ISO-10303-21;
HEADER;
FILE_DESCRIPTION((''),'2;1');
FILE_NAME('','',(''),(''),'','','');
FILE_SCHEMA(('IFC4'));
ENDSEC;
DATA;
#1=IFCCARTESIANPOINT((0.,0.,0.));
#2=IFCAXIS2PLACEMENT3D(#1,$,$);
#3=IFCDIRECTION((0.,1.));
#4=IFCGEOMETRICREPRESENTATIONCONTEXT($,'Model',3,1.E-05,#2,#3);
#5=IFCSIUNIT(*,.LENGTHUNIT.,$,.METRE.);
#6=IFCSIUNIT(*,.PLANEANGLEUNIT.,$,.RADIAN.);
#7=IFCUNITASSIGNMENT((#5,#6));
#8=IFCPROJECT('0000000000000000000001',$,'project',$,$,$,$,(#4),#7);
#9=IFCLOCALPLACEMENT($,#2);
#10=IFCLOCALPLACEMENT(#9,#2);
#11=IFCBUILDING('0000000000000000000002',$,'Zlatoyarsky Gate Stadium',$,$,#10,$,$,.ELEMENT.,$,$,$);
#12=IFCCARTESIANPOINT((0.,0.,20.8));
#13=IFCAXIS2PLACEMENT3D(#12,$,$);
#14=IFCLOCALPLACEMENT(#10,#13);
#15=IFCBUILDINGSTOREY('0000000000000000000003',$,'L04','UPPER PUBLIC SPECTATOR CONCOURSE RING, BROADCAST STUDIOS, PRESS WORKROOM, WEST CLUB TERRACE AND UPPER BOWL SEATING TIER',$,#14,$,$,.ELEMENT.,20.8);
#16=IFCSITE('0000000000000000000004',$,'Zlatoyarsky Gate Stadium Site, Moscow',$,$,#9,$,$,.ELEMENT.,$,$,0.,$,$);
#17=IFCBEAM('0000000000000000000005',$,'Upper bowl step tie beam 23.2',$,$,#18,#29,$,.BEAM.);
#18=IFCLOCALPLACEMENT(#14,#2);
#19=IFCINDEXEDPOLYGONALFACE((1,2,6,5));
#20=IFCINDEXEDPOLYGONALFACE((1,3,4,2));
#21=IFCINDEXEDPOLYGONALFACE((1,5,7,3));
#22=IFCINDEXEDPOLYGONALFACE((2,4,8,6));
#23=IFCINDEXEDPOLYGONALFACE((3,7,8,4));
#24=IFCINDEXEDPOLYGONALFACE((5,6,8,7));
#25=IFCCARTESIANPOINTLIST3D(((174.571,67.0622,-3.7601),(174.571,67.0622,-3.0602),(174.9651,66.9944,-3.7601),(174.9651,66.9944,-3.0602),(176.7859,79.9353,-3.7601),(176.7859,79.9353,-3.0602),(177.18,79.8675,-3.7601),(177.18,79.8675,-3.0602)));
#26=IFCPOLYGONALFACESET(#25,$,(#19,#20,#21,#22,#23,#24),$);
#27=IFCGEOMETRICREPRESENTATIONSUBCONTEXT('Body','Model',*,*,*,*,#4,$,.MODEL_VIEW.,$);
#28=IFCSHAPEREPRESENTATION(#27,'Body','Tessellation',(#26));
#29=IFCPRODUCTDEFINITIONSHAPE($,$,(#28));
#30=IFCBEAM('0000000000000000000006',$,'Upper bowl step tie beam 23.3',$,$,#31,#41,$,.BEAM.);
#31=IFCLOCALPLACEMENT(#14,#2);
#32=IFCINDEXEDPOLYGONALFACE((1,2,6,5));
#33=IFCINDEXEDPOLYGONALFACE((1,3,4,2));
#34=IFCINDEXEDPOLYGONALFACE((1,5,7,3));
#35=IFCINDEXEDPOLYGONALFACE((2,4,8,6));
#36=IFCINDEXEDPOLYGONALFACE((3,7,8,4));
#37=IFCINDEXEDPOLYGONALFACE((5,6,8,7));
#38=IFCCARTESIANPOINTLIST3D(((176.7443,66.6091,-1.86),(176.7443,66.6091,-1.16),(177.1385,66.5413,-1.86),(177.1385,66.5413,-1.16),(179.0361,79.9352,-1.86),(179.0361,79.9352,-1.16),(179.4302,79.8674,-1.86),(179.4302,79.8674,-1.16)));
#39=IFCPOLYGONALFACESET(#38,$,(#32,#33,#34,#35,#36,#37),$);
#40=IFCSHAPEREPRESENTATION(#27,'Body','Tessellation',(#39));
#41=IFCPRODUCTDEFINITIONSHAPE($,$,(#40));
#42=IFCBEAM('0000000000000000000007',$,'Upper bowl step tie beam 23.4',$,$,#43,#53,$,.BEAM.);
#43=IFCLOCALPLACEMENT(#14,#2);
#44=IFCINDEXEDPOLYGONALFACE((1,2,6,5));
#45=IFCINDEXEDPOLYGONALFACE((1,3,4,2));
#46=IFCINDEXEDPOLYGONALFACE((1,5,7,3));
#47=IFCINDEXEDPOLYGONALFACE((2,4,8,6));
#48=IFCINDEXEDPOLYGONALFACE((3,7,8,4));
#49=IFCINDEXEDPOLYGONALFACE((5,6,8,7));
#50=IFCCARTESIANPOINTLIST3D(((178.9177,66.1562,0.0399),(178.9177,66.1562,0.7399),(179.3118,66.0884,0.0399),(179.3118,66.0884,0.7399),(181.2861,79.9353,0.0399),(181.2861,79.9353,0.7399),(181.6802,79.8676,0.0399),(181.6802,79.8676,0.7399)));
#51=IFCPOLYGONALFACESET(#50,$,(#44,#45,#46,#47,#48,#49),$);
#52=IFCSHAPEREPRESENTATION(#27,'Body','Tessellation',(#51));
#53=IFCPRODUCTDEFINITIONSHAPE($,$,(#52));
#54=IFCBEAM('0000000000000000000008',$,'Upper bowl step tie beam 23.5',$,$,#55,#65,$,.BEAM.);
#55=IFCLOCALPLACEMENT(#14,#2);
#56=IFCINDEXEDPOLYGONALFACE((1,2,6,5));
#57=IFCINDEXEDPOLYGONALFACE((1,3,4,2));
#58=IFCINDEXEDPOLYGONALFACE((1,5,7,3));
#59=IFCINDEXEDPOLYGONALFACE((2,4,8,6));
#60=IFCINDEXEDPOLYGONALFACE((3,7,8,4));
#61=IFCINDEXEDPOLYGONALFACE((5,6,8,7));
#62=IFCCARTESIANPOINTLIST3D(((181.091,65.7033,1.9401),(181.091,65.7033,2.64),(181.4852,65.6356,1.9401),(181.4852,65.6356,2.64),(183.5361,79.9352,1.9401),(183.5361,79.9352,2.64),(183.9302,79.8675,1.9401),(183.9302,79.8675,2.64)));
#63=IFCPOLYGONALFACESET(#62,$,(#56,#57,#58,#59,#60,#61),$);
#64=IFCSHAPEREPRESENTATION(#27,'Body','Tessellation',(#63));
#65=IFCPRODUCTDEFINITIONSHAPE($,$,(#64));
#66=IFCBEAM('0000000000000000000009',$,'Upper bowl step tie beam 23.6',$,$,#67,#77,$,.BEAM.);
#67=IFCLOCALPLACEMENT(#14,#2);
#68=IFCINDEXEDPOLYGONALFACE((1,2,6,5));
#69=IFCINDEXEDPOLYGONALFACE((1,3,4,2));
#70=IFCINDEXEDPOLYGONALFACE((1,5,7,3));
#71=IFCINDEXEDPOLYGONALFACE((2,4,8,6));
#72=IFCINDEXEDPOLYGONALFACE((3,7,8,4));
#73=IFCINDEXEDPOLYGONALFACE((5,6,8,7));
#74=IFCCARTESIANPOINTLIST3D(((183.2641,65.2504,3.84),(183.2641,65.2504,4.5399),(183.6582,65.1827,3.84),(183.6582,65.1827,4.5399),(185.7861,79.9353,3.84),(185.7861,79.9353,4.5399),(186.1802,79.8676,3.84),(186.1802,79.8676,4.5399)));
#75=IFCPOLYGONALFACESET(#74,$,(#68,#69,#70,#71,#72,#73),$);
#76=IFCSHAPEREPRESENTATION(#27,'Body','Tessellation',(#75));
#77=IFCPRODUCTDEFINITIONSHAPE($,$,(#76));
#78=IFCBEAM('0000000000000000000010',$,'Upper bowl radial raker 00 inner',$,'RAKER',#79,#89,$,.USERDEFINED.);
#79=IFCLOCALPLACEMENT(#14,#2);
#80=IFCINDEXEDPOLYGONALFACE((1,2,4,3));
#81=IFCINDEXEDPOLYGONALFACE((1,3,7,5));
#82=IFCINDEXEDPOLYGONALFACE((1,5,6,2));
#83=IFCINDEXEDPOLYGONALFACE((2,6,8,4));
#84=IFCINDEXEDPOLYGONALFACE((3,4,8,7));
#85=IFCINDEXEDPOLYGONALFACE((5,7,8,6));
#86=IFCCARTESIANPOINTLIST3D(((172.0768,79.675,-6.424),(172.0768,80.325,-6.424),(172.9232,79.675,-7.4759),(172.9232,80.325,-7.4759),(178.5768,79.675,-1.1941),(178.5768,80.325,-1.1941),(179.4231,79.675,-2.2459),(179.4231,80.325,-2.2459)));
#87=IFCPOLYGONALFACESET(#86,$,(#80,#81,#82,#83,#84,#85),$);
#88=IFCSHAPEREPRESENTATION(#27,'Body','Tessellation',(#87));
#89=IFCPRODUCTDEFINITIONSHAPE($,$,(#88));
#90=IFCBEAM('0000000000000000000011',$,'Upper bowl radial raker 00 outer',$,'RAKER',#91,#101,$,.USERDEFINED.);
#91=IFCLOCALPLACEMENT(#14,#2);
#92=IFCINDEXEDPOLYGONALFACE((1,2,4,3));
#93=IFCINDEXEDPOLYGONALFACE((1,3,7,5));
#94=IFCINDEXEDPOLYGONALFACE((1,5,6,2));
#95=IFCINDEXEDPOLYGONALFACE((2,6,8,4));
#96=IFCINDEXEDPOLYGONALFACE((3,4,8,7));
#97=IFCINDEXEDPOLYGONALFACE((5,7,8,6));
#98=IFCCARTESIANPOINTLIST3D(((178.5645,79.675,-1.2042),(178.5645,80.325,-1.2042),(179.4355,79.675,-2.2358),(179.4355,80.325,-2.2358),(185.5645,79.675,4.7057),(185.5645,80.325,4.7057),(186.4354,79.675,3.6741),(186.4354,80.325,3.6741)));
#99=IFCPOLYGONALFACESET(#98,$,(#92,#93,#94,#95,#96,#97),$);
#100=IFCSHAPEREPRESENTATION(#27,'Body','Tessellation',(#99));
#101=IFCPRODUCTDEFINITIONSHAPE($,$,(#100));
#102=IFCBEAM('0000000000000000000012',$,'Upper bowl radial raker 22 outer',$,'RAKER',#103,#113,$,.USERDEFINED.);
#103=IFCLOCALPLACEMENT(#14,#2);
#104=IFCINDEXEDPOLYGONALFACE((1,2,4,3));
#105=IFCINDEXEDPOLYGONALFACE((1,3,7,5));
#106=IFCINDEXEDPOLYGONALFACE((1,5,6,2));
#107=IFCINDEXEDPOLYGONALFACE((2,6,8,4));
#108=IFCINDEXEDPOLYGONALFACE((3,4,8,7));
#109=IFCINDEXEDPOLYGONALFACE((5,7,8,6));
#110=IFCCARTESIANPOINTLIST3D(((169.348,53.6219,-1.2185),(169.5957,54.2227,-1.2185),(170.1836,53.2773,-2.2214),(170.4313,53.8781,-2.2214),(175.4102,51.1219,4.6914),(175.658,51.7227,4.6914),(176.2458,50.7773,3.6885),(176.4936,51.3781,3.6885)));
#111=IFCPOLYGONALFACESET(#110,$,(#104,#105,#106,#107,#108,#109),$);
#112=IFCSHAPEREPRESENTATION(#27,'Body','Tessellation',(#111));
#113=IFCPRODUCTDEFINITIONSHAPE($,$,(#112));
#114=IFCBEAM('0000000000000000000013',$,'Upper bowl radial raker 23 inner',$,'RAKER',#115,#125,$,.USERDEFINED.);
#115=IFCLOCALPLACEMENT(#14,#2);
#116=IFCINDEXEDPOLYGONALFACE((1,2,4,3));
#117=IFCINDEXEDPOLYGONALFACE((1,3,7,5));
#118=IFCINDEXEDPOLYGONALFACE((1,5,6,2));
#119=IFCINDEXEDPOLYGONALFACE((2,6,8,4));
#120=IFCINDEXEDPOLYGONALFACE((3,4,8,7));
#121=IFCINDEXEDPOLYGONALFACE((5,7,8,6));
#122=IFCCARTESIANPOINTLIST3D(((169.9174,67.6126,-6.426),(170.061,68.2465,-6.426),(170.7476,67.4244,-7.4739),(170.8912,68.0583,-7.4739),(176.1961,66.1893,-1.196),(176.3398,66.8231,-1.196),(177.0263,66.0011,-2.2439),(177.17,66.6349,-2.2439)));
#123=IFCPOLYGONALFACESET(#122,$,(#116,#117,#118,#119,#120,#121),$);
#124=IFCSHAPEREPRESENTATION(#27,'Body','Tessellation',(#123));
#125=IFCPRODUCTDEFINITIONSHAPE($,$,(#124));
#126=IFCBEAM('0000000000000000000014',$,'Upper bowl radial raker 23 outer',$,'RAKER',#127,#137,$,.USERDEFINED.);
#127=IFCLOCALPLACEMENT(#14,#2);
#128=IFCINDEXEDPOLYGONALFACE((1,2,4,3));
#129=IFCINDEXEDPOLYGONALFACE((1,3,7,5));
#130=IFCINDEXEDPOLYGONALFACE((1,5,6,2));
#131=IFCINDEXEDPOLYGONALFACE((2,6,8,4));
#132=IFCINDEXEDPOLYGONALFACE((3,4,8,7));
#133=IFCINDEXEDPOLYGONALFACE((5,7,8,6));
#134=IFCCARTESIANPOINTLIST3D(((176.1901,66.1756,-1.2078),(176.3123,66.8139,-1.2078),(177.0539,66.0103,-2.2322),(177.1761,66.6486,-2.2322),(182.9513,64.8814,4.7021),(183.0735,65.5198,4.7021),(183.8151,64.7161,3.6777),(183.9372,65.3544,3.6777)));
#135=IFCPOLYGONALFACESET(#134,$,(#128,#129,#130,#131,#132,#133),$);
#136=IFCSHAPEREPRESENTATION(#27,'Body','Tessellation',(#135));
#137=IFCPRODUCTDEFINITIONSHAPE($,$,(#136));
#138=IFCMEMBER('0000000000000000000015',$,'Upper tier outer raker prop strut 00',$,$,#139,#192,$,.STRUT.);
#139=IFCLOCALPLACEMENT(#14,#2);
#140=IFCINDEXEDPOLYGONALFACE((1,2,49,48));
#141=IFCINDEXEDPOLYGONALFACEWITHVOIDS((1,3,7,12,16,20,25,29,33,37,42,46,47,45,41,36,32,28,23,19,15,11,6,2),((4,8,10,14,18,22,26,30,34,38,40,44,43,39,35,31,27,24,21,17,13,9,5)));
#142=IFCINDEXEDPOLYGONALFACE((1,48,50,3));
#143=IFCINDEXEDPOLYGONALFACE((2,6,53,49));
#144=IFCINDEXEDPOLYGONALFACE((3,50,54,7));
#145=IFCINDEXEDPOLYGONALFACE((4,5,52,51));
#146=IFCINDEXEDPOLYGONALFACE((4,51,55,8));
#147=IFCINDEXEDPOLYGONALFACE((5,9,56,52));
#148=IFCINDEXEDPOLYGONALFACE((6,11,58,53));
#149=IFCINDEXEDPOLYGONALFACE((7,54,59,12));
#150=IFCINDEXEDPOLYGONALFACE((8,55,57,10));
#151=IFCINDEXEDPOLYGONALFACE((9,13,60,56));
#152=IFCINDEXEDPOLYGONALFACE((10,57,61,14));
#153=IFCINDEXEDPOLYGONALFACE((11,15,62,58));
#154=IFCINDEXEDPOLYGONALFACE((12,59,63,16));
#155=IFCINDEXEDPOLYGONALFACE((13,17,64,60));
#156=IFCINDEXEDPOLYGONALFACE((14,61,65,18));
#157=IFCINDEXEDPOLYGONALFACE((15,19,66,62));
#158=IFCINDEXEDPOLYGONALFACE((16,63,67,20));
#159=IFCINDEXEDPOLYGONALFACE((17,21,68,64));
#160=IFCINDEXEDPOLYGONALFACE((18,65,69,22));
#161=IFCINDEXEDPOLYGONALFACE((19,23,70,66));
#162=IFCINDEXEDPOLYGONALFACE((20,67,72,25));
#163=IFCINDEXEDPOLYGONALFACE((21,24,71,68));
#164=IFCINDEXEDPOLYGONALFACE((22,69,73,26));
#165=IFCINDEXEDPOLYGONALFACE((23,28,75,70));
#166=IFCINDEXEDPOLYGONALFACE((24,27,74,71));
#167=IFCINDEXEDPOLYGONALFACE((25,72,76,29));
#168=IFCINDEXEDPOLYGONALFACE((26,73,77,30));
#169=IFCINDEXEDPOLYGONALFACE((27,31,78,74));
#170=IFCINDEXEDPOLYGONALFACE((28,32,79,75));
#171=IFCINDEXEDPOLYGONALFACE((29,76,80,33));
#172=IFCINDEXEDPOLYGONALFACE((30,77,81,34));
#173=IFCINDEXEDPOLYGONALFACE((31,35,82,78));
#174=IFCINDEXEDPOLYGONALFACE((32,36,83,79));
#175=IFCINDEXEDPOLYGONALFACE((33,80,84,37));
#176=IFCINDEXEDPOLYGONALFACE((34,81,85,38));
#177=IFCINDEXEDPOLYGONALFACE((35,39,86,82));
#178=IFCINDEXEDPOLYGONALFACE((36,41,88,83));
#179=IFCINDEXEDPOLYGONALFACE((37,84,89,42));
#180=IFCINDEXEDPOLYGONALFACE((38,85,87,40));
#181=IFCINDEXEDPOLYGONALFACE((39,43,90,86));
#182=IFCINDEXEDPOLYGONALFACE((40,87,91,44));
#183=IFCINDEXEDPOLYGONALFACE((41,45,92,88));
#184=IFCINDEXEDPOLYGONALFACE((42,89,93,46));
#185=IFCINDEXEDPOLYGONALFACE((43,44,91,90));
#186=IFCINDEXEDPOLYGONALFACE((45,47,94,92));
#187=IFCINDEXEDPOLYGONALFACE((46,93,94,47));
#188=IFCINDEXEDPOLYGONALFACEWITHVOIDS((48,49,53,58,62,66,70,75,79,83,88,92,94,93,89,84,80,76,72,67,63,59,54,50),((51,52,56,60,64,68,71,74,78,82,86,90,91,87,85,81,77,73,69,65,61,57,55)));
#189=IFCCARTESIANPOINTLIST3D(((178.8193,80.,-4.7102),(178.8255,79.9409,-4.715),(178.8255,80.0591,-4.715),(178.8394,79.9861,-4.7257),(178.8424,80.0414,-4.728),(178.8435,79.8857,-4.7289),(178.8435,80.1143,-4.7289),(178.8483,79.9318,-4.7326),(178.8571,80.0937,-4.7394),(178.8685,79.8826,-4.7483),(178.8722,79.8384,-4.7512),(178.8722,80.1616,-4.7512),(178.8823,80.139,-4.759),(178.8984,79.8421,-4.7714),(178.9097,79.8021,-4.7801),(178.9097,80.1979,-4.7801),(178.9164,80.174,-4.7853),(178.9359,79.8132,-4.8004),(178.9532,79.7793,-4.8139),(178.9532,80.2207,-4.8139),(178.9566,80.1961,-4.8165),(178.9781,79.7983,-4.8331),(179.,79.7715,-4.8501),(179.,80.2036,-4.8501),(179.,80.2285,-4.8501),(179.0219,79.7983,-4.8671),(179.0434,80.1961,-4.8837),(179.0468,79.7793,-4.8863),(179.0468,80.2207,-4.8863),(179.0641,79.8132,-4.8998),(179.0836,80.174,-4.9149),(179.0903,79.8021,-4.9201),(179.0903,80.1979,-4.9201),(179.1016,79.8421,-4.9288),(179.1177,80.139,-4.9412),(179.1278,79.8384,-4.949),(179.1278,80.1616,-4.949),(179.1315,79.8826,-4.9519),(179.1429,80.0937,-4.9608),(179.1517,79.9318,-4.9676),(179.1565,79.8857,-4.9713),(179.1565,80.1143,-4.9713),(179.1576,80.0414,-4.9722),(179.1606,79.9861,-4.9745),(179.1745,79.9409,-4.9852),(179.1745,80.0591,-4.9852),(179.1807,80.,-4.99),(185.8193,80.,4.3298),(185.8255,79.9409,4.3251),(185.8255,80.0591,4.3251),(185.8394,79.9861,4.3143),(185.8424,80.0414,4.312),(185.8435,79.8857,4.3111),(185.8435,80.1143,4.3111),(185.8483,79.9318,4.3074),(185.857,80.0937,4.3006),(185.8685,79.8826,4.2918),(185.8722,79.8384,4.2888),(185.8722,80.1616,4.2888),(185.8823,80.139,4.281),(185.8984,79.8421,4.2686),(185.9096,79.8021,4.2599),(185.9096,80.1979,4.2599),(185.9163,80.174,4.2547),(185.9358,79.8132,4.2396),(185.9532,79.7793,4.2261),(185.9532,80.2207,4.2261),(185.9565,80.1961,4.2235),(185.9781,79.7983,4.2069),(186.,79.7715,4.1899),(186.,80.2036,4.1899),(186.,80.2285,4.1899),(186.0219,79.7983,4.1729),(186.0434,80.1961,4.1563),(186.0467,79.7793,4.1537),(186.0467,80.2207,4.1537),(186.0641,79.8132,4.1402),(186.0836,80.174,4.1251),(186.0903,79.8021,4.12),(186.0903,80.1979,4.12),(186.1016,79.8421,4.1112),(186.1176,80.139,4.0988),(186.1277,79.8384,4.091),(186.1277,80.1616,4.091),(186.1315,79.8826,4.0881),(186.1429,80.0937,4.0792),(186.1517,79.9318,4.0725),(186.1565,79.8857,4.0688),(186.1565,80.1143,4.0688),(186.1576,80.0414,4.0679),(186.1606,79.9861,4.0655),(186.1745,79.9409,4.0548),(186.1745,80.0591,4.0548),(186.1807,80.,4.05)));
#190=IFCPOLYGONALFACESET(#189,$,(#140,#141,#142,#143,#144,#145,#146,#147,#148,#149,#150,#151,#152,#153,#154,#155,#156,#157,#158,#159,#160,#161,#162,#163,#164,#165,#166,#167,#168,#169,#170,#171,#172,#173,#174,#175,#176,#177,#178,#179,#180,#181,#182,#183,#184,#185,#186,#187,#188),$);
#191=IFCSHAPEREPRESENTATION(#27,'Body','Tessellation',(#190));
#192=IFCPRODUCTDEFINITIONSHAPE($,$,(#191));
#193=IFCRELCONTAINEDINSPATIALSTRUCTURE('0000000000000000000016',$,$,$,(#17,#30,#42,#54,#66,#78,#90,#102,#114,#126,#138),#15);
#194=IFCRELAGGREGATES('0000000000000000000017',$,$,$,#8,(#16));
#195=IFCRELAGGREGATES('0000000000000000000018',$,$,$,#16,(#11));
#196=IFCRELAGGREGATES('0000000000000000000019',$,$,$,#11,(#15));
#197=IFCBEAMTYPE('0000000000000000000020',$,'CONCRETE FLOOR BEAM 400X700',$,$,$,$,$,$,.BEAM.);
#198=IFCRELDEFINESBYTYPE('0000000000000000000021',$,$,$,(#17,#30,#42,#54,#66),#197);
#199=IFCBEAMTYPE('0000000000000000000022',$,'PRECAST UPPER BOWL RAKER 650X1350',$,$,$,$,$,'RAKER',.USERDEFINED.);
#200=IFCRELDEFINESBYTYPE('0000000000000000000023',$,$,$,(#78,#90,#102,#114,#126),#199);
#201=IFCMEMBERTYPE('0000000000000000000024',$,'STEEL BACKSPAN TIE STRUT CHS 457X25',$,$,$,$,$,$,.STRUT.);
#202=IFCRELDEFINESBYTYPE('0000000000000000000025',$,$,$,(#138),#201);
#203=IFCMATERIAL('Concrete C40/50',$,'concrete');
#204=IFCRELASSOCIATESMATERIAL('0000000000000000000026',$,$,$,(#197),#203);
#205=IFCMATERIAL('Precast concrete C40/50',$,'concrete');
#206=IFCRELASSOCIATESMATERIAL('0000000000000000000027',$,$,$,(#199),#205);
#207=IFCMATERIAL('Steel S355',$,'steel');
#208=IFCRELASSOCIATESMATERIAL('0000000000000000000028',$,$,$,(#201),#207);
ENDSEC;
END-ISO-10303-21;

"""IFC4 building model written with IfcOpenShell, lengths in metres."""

from ifc_helpers import new_model, si_unit, direction, frame, origin, origin_2d, place, context, subcontext, project, spatial, rectangle, hollow_circle, extrude, material, material_profile, profile_set, type_object, element, save


model = new_model("IFC4")

# Units and contexts
model_context = context("Model", 3, precision=1e-05, world=origin(), true_north=direction((0.0, 1.0)))
body_context = subcontext(model_context, "Body", "Model", "MODEL_VIEW")
ifc_project = project(units=[si_unit("LENGTHUNIT", "METRE"), si_unit("PLANEANGLEUNIT", "RADIAN")], contexts=[model_context])

# Site, building, storey
site_placement = place(None, origin())
site = spatial("IfcSite", under=ifc_project, at=site_placement, Name="Zlatoyarsky Gate Stadium Site, Moscow", CompositionType="ELEMENT", RefElevation=0.0)
building_placement = place(site_placement, origin())
building = spatial("IfcBuilding", under=site, at=building_placement, Name="Zlatoyarsky Gate Stadium", CompositionType="ELEMENT")
storey_placement = place(building_placement, frame((0.0, 0.0, 20.8)))
storey = spatial("IfcBuildingStorey", under=building, at=storey_placement, Name="L04", Description="UPPER PUBLIC SPECTATOR CONCOURSE RING, BROADCAST STUDIOS, PRESS WORKROOM, WEST CLUB TERRACE AND UPPER BOWL SEATING TIER", CompositionType="ELEMENT", Elevation=20.8)

# Shared definitions
ifc_material_1 = material(Name="Steel S355", Category="steel")

# Beams
ifc_material_2 = material(Name="Concrete C40/50", Category="concrete")
ifc_material_profile_1 = material_profile(ifc_material_2, rectangle(XDim=0.3999, YDim=0.7, at=origin_2d()), Name="RC BEAM 400X700")
ifc_profile_set_1 = profile_set([ifc_material_profile_1], Name="Concrete C40/50")
beam_type_1 = type_object("IfcBeamType", Name="CONCRETE FLOOR BEAM 400X700", PredefinedType="BEAM", material=ifc_profile_set_1)
beam_1_placement = place(storey_placement, frame((174.7681, 67.0283, -3.4102), z_axis=(0.169561, 0.98552, 0.0), x_axis=(-0.98552, 0.169561, 0.0)))
element("IfcBeam", 1, at=beam_1_placement, inside=storey, type_object=beam_type_1, Name="Upper bowl step tie beam 23.2", PredefinedType="BEAM", context=body_context, shape_type="SweptSolid", body=[
    extrude(rectangle(XDim=0.3999, YDim=0.7, at=origin_2d()), origin(), (0.0, 0.0, 1.0), 13.0623),
])
beam_2_placement = place(storey_placement, frame((176.9414, 66.5752, -1.51), z_axis=(0.169485, 0.985533, 0.0), x_axis=(-0.985533, 0.169485, 0.0)))
element("IfcBeam", 2, at=beam_2_placement, inside=storey, type_object=beam_type_1, Name="Upper bowl step tie beam 23.3", PredefinedType="BEAM", context=body_context, shape_type="SweptSolid", body=[
    extrude(rectangle(XDim=0.3999, YDim=0.7, at=origin_2d()), origin(), (0.0, 0.0, 1.0), 13.5217),
])
beam_3_placement = place(storey_placement, frame((179.1147, 66.1223, 0.3899), z_axis=(0.1694, 0.985547, 0.0), x_axis=(-0.985547, 0.1694, 0.0)))
element("IfcBeam", 3, at=beam_3_placement, inside=storey, type_object=beam_type_1, Name="Upper bowl step tie beam 23.4", PredefinedType="BEAM", context=body_context, shape_type="SweptSolid", body=[
    extrude(rectangle(XDim=0.3999, YDim=0.7, at=origin_2d()), origin(), (0.0, 0.0, 1.0), 13.9812),
])
beam_4_placement = place(storey_placement, frame((181.2881, 65.6694, 2.29), z_axis=(0.169321, 0.985561, 0.0), x_axis=(-0.985561, 0.169321, 0.0)))
element("IfcBeam", 4, at=beam_4_placement, inside=storey, type_object=beam_type_1, Name="Upper bowl step tie beam 23.5", PredefinedType="BEAM", context=body_context, shape_type="SweptSolid", body=[
    extrude(rectangle(XDim=0.3999, YDim=0.7, at=origin_2d()), origin(), (0.0, 0.0, 1.0), 14.4404),
])
beam_5_placement = place(storey_placement, frame((183.4612, 65.2166, 4.1899), z_axis=(0.169262, 0.985571, 0.0), x_axis=(-0.985571, 0.169262, 0.0)))
element("IfcBeam", 5, at=beam_5_placement, inside=storey, type_object=beam_type_1, Name="Upper bowl step tie beam 23.6", PredefinedType="BEAM", context=body_context, shape_type="SweptSolid", body=[
    extrude(rectangle(XDim=0.3999, YDim=0.7, at=origin_2d()), origin(), (0.0, 0.0, 1.0), 14.8999),
])
ifc_material_3 = material(Name="Precast concrete C40/50", Category="concrete")
ifc_material_profile_2 = material_profile(ifc_material_3, rectangle(XDim=0.6499, YDim=1.3501, at=origin_2d()), Name="PC RAKER 650X1350")
ifc_profile_set_2 = profile_set([ifc_material_profile_2], Name="Precast concrete C40/50")
beam_type_2 = type_object("IfcBeamType", Name="PRECAST UPPER BOWL RAKER 650X1350", ElementType="RAKER", PredefinedType="USERDEFINED", material=ifc_profile_set_2)
beam_6_placement = place(storey_placement, frame((172.5, 80.0, -6.95), z_axis=(0.779113, 0.0, 0.626884), x_axis=(0.0, 1.0, 0.0)))
element("IfcBeam", 6, at=beam_6_placement, inside=storey, type_object=beam_type_2, Name="Upper bowl radial raker 00 inner", ObjectType="RAKER", PredefinedType="USERDEFINED", context=body_context, shape_type="SweptSolid", body=[
    extrude(rectangle(XDim=0.6499, YDim=1.3501, at=origin_2d()), origin(), (0.0, 0.0, 1.0), 8.3428),
])
beam_7_placement = place(storey_placement, frame((179.0, 80.0, -1.72), z_axis=(0.764094, 0.0, 0.645104), x_axis=(0.0, 1.0, 0.0)))
element("IfcBeam", 7, at=beam_7_placement, inside=storey, type_object=beam_type_2, Name="Upper bowl radial raker 00 outer", ObjectType="RAKER", PredefinedType="USERDEFINED", context=body_context, shape_type="SweptSolid", body=[
    extrude(rectangle(XDim=0.6499, YDim=1.3501, at=origin_2d()), origin(), (0.0, 0.0, 1.0), 9.1611),
])
beam_8_placement = place(storey_placement, frame((169.8896, 53.75, -1.72), z_axis=(0.686732, -0.2832, 0.669475), x_axis=(0.381242, 0.924475, 0.0)))
element("IfcBeam", 8, at=beam_8_placement, inside=storey, type_object=beam_type_2, Name="Upper bowl radial raker 22 outer", ObjectType="RAKER", PredefinedType="USERDEFINED", context=body_context, shape_type="SweptSolid", body=[
    extrude(rectangle(XDim=0.6499, YDim=1.3501, at=origin_2d()), origin(), (0.0, 0.0, 1.0), 8.8276),
])
beam_9_placement = place(storey_placement, frame((170.4043, 67.8354, -6.95), z_axis=(0.756966, -0.171596, 0.630521), x_axis=(0.22108, 0.975256, 0.0)))
element("IfcBeam", 9, at=beam_9_placement, inside=storey, type_object=beam_type_2, Name="Upper bowl radial raker 23 inner", ObjectType="RAKER", PredefinedType="USERDEFINED", context=body_context, shape_type="SweptSolid", body=[
    extrude(rectangle(XDim=0.6499, YDim=1.3501, at=origin_2d()), origin(), (0.0, 0.0, 1.0), 8.2947),
])
beam_10_placement = place(storey_placement, frame((176.6831, 66.4121, -1.72), z_axis=(0.745217, -0.142645, 0.651386), x_axis=(0.188, 0.982169, 0.0)))
element("IfcBeam", 10, at=beam_10_placement, inside=storey, type_object=beam_type_2, Name="Upper bowl radial raker 23 outer", ObjectType="RAKER", PredefinedType="USERDEFINED", context=body_context, shape_type="SweptSolid", body=[
    extrude(rectangle(XDim=0.6499, YDim=1.3501, at=origin_2d()), origin(), (0.0, 0.0, 1.0), 9.0728),
])

# Member
ifc_material_profile_3 = material_profile(ifc_material_1, hollow_circle(Radius=0.2285, WallThickness=0.0249, at=origin_2d()), Name="CHS 457X25")
ifc_profile_set_3 = profile_set([ifc_material_profile_3], Name="Steel S355")
member_type = type_object("IfcMemberType", Name="STEEL BACKSPAN TIE STRUT CHS 457X25", PredefinedType="STRUT", material=ifc_profile_set_3)
member_1_placement = place(storey_placement, frame((179.0, 80.0, -4.8501), z_axis=(0.612242, 0.0, 0.79067), x_axis=(0.0, 1.0, 0.0)))
element("IfcMember", 11, at=member_1_placement, inside=storey, type_object=member_type, Name="Upper tier outer raker prop strut 00", PredefinedType="STRUT", context=body_context, shape_type="SweptSolid", body=[
    extrude(hollow_circle(Radius=0.2285, WallThickness=0.0249, at=origin_2d()), origin(), (0.0, 0.0, 1.0), 11.4333),
])

save(model, "model.ifc")
